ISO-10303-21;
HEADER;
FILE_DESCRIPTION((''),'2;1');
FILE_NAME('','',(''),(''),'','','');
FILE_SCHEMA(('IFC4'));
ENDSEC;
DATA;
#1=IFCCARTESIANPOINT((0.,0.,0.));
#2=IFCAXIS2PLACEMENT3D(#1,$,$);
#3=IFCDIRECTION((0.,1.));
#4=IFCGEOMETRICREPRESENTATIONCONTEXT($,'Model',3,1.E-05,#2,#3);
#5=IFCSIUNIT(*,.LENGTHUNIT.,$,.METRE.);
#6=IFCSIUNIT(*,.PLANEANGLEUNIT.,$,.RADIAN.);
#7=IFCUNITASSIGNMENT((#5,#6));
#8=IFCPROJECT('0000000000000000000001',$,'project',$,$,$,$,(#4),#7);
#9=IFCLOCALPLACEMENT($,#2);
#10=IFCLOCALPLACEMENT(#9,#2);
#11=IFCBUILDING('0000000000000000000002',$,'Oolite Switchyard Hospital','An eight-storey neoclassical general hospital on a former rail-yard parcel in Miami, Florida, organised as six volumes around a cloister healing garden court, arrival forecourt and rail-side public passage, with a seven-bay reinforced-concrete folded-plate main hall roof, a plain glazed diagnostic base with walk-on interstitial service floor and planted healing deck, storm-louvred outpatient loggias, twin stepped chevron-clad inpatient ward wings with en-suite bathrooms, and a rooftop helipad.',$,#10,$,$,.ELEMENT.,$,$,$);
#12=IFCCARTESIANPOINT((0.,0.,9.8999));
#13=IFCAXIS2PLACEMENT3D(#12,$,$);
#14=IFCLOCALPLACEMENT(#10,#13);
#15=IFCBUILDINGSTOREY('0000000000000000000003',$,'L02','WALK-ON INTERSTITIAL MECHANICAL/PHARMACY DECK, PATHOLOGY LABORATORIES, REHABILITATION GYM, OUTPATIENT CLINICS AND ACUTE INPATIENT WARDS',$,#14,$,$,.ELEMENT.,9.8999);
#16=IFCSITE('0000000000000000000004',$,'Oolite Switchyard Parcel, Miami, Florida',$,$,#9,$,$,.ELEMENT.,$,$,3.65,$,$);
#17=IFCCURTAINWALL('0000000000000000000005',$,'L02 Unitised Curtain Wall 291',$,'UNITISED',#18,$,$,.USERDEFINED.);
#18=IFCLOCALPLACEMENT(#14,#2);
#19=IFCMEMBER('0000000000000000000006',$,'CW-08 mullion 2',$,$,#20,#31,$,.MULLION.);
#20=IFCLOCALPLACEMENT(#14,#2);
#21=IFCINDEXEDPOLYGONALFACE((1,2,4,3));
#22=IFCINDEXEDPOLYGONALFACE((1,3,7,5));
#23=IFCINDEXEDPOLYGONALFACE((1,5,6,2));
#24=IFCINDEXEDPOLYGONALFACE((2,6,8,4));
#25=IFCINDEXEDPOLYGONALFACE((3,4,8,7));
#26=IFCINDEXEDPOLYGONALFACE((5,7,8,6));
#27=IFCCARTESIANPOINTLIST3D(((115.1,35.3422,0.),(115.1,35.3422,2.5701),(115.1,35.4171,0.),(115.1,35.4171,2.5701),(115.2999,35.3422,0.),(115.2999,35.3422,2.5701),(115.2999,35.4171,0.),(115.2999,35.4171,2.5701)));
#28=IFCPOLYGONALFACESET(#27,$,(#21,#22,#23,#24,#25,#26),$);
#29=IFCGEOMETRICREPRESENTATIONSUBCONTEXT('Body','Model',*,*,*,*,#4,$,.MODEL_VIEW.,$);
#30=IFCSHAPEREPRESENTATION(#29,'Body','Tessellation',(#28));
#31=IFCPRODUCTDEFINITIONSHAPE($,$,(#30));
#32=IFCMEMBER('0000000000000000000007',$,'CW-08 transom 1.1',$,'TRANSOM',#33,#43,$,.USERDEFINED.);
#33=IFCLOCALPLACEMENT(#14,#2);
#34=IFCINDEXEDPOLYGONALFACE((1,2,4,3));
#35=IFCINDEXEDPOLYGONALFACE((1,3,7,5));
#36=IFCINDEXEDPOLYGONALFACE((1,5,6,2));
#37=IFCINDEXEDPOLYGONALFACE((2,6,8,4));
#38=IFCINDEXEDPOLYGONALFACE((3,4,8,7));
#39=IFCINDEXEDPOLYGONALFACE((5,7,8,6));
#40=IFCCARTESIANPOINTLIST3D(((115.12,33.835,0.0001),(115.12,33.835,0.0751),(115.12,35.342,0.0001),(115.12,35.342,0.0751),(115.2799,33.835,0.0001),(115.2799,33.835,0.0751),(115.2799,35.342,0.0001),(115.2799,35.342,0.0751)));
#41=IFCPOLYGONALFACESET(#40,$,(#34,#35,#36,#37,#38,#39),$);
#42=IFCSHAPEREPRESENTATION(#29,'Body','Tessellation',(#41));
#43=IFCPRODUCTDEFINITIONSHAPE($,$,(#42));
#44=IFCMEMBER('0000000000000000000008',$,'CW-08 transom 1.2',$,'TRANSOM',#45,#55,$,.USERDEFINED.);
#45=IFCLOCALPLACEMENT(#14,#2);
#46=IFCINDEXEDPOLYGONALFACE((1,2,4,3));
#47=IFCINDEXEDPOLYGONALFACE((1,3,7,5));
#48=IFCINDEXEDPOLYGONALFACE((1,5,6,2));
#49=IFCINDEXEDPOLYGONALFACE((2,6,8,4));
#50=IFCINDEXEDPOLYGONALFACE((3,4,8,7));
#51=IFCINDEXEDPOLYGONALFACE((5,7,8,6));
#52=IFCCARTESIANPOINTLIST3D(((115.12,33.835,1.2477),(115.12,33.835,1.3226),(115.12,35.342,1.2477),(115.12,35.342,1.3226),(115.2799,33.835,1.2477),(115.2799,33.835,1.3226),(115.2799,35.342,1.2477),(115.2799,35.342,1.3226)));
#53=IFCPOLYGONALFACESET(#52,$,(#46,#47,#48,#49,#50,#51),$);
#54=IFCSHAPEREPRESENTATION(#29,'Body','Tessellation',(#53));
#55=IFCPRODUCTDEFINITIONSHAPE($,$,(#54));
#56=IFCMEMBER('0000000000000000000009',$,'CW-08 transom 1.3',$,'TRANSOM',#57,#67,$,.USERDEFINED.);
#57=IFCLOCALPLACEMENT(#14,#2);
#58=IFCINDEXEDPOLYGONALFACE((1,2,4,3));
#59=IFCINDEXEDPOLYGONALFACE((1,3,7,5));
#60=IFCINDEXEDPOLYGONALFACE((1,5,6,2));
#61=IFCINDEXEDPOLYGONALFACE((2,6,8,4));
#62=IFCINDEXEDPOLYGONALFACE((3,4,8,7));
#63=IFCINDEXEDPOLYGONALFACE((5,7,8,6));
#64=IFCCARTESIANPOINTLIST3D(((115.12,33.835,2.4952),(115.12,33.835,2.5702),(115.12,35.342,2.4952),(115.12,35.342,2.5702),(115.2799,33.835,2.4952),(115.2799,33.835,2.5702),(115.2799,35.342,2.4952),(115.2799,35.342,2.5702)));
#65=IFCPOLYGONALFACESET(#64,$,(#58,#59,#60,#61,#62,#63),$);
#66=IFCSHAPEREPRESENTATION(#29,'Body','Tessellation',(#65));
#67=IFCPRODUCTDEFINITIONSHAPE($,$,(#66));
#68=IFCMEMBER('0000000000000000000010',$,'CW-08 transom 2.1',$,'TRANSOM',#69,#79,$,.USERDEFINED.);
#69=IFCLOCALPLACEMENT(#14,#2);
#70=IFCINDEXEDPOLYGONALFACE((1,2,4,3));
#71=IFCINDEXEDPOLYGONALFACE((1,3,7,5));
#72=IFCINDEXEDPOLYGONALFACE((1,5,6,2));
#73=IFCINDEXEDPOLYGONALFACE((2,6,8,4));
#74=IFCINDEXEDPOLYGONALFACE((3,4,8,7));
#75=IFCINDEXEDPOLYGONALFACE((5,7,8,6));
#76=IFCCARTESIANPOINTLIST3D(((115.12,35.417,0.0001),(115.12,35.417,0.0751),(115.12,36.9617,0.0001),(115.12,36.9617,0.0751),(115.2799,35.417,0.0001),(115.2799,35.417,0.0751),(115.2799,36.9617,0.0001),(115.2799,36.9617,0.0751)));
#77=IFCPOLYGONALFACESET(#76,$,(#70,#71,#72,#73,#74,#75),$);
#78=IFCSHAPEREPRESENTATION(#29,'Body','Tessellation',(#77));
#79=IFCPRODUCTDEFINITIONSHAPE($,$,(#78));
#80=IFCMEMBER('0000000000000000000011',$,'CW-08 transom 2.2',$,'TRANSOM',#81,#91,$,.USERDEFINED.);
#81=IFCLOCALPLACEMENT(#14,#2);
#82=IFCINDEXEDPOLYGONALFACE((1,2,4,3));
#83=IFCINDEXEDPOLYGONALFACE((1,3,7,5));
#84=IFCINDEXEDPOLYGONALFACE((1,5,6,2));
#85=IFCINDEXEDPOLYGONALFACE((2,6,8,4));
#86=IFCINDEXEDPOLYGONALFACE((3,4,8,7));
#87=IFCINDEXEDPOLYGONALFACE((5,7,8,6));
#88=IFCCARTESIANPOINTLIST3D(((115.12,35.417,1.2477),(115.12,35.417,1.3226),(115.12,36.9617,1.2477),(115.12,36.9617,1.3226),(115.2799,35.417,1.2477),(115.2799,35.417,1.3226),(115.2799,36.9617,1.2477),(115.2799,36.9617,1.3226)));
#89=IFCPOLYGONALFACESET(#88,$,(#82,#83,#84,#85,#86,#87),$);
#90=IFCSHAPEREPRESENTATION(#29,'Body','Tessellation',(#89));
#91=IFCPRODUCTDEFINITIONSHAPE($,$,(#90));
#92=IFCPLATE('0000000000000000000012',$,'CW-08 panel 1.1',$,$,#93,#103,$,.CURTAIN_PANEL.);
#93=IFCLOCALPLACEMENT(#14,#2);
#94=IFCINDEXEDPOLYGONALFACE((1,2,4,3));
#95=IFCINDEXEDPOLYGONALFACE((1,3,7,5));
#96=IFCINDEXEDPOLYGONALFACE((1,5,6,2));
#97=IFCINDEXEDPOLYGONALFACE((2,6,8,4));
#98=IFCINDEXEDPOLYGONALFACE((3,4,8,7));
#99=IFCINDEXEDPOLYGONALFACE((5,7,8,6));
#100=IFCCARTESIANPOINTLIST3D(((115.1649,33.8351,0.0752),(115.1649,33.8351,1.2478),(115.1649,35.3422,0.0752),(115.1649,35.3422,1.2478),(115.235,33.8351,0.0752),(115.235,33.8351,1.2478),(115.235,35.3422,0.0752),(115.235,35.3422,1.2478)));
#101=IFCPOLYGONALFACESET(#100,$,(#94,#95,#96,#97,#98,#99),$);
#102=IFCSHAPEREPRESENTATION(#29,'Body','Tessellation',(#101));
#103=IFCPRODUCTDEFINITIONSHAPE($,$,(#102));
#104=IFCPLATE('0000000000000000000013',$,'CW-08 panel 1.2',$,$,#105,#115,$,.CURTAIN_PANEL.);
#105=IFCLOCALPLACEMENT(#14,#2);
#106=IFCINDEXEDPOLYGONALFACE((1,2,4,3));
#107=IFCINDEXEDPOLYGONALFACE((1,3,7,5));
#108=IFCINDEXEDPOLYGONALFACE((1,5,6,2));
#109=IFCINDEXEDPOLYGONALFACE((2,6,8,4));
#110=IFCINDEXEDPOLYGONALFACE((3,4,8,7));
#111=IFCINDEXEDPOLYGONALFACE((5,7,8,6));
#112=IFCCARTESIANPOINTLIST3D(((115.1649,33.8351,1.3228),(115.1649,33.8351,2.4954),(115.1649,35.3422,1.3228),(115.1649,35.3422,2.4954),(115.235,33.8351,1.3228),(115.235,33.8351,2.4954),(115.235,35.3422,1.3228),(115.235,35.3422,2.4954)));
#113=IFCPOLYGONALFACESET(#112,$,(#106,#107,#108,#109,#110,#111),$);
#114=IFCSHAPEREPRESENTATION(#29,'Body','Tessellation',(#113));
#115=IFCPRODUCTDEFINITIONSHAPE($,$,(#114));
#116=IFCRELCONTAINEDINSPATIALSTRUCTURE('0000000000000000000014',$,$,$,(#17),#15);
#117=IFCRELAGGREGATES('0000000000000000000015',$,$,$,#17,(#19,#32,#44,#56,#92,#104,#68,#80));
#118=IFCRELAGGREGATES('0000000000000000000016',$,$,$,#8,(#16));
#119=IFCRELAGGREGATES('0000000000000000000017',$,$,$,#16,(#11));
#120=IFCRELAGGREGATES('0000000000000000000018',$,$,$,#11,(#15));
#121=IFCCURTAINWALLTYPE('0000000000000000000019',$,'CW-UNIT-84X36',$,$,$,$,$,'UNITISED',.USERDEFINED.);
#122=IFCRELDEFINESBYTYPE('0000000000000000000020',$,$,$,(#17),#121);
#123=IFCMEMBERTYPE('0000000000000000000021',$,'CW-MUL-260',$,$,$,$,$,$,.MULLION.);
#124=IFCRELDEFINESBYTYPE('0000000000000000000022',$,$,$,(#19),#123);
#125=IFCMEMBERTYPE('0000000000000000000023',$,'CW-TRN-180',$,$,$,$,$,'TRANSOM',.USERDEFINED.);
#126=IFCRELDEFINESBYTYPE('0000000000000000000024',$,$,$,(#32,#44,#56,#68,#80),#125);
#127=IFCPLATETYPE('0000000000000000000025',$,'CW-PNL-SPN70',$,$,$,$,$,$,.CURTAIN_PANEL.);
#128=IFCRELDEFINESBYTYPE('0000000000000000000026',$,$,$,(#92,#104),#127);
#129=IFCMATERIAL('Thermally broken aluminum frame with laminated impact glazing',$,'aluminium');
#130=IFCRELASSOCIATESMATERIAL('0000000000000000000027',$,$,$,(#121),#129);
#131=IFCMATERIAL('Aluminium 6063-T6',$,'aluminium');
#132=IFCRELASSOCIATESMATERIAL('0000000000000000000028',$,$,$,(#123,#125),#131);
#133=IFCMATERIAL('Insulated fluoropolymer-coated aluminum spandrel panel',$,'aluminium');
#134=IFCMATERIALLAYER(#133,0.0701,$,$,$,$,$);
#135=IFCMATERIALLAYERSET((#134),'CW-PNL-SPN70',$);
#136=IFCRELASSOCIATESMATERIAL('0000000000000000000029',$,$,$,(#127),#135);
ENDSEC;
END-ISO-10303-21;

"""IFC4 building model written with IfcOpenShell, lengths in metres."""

from ifc_helpers import new_model, si_unit, direction, frame, origin, origin_2d, place, context, subcontext, project, spatial, rectangle, extrude, material, layer, layer_set, material_profile, profile_set, type_object, element, aggregate, save


model = new_model("IFC4")

# Units and contexts
model_context = context("Model", 3, precision=1e-05, world=origin(), true_north=direction((0.0, 1.0)))
body_context = subcontext(model_context, "Body", "Model", "MODEL_VIEW")
ifc_project = project(units=[si_unit("LENGTHUNIT", "METRE"), si_unit("PLANEANGLEUNIT", "RADIAN")], contexts=[model_context])

# Site, building, storey
site_placement = place(None, origin())
site = spatial("IfcSite", under=ifc_project, at=site_placement, Name="Oolite Switchyard Parcel, Miami, Florida", CompositionType="ELEMENT", RefElevation=3.65)
building_placement = place(site_placement, origin())
building = spatial("IfcBuilding", under=site, at=building_placement, Name="Oolite Switchyard Hospital", Description="An eight-storey neoclassical general hospital on a former rail-yard parcel in Miami, Florida, organised as six volumes around a cloister healing garden court, arrival forecourt and rail-side public passage, with a seven-bay reinforced-concrete folded-plate main hall roof, a plain glazed diagnostic base with walk-on interstitial service floor and planted healing deck, storm-louvred outpatient loggias, twin stepped chevron-clad inpatient ward wings with en-suite bathrooms, and a rooftop helipad.", CompositionType="ELEMENT")
storey_placement = place(building_placement, frame((0.0, 0.0, 9.8999)))
storey = spatial("IfcBuildingStorey", under=building, at=storey_placement, Name="L02", Description="WALK-ON INTERSTITIAL MECHANICAL/PHARMACY DECK, PATHOLOGY LABORATORIES, REHABILITATION GYM, OUTPATIENT CLINICS AND ACUTE INPATIENT WARDS", CompositionType="ELEMENT", Elevation=9.8999)

# Curtain wall, members, plates
ifc_material_1 = material(Name="Thermally broken aluminum frame with laminated impact glazing", Category="aluminium")
curtain_wall_type = type_object("IfcCurtainWallType", Name="CW-UNIT-84X36", ElementType="UNITISED", PredefinedType="USERDEFINED", material=ifc_material_1)
curtain_wall_placement = place(storey_placement, origin())
curtain_wall = element("IfcCurtainWall", 1, at=curtain_wall_placement, inside=storey, type_object=curtain_wall_type, Name="L02 Unitised Curtain Wall 291", ObjectType="UNITISED", PredefinedType="USERDEFINED")
ifc_material_2 = material(Name="Aluminium 6063-T6", Category="aluminium")
ifc_material_profile_1 = material_profile(ifc_material_2, rectangle(XDim=0.2, YDim=0.075, at=origin_2d()), Name="CWM75X200")
ifc_profile_set_1 = profile_set([ifc_material_profile_1], Name="Aluminium 6063-T6")
member_type_1 = type_object("IfcMemberType", Name="CW-MUL-260", PredefinedType="MULLION", material=ifc_profile_set_1)
member_1_placement = place(storey_placement, frame((115.2, 35.3796, 0.0), z_axis=(0.0, 0.0, 1.0), x_axis=(-1.0, 0.0, 0.0)))
member_1 = element("IfcMember", 2, at=member_1_placement, type_object=member_type_1, Name="CW-08 mullion 2", PredefinedType="MULLION", context=body_context, shape_type="SweptSolid", body=[
    extrude(rectangle(XDim=0.2, YDim=0.075, at=origin_2d()), origin(), (0.0, 0.0, 1.0), 2.5701),
])
ifc_material_profile_2 = material_profile(ifc_material_2, rectangle(XDim=0.1599, YDim=0.075, at=origin_2d()), Name="CWT75X160")
ifc_profile_set_2 = profile_set([ifc_material_profile_2], Name="Aluminium 6063-T6")
member_type_2 = type_object("IfcMemberType", Name="CW-TRN-180", ElementType="TRANSOM", PredefinedType="USERDEFINED", material=ifc_profile_set_2)
member_2_placement = place(storey_placement, frame((115.2, 33.835, 0.0376), z_axis=(0.0, 1.0, 0.0), x_axis=(-1.0, 0.0, 0.0)))
member_2 = element("IfcMember", 3, at=member_2_placement, type_object=member_type_2, Name="CW-08 transom 1.1", ObjectType="TRANSOM", PredefinedType="USERDEFINED", context=body_context, shape_type="SweptSolid", body=[
    extrude(rectangle(XDim=0.1599, YDim=0.075, at=origin_2d()), origin(), (0.0, 0.0, 1.0), 1.5071),
])
member_3_placement = place(storey_placement, frame((115.2, 33.835, 1.2852), z_axis=(0.0, 1.0, 0.0), x_axis=(-1.0, 0.0, 0.0)))
member_3 = element("IfcMember", 4, at=member_3_placement, type_object=member_type_2, Name="CW-08 transom 1.2", ObjectType="TRANSOM", PredefinedType="USERDEFINED", context=body_context, shape_type="SweptSolid", body=[
    extrude(rectangle(XDim=0.1599, YDim=0.075, at=origin_2d()), origin(), (0.0, 0.0, 1.0), 1.5071),
])
member_4_placement = place(storey_placement, frame((115.2, 33.835, 2.5327), z_axis=(0.0, 1.0, 0.0), x_axis=(-1.0, 0.0, 0.0)))
member_4 = element("IfcMember", 5, at=member_4_placement, type_object=member_type_2, Name="CW-08 transom 1.3", ObjectType="TRANSOM", PredefinedType="USERDEFINED", context=body_context, shape_type="SweptSolid", body=[
    extrude(rectangle(XDim=0.1599, YDim=0.075, at=origin_2d()), origin(), (0.0, 0.0, 1.0), 1.5071),
])
member_5_placement = place(storey_placement, frame((115.2, 35.417, 0.0376), z_axis=(0.0, 1.0, 0.0), x_axis=(-1.0, 0.0, 0.0)))
member_5 = element("IfcMember", 6, at=member_5_placement, type_object=member_type_2, Name="CW-08 transom 2.1", ObjectType="TRANSOM", PredefinedType="USERDEFINED", context=body_context, shape_type="SweptSolid", body=[
    extrude(rectangle(XDim=0.1599, YDim=0.075, at=origin_2d()), origin(), (0.0, 0.0, 1.0), 1.5447),
])
member_6_placement = place(storey_placement, frame((115.2, 35.417, 1.2852), z_axis=(0.0, 1.0, 0.0), x_axis=(-1.0, 0.0, 0.0)))
member_6 = element("IfcMember", 7, at=member_6_placement, type_object=member_type_2, Name="CW-08 transom 2.2", ObjectType="TRANSOM", PredefinedType="USERDEFINED", context=body_context, shape_type="SweptSolid", body=[
    extrude(rectangle(XDim=0.1599, YDim=0.075, at=origin_2d()), origin(), (0.0, 0.0, 1.0), 1.5447),
])
ifc_material_3 = material(Name="Insulated fluoropolymer-coated aluminum spandrel panel", Category="aluminium")
ifc_layer = layer(ifc_material_3, 0.0701)
ifc_layer_set = layer_set([ifc_layer], Name="CW-PNL-SPN70")
plate_type = type_object("IfcPlateType", Name="CW-PNL-SPN70", PredefinedType="CURTAIN_PANEL", material=ifc_layer_set)
plate_1_placement = place(storey_placement, frame((115.2, 34.5886, 0.0752), z_axis=(0.0, 0.0, 1.0), x_axis=(0.0, 1.0, 0.0)))
plate_1 = element("IfcPlate", 8, at=plate_1_placement, type_object=plate_type, Name="CW-08 panel 1.1", PredefinedType="CURTAIN_PANEL", context=body_context, shape_type="SweptSolid", body=[
    extrude(rectangle(XDim=1.5071, YDim=0.0701, at=origin_2d()), origin(), (0.0, 0.0, 1.0), 1.1726),
])
plate_2_placement = place(storey_placement, frame((115.2, 34.5886, 1.3228), z_axis=(0.0, 0.0, 1.0), x_axis=(0.0, 1.0, 0.0)))
plate_2 = element("IfcPlate", 9, at=plate_2_placement, type_object=plate_type, Name="CW-08 panel 1.2", PredefinedType="CURTAIN_PANEL", context=body_context, shape_type="SweptSolid", body=[
    extrude(rectangle(XDim=1.5071, YDim=0.0701, at=origin_2d()), origin(), (0.0, 0.0, 1.0), 1.1726),
])
aggregate(curtain_wall, [member_1, member_2, member_3, member_4, plate_1, plate_2, member_5, member_6])

save(model, "model.ifc")
